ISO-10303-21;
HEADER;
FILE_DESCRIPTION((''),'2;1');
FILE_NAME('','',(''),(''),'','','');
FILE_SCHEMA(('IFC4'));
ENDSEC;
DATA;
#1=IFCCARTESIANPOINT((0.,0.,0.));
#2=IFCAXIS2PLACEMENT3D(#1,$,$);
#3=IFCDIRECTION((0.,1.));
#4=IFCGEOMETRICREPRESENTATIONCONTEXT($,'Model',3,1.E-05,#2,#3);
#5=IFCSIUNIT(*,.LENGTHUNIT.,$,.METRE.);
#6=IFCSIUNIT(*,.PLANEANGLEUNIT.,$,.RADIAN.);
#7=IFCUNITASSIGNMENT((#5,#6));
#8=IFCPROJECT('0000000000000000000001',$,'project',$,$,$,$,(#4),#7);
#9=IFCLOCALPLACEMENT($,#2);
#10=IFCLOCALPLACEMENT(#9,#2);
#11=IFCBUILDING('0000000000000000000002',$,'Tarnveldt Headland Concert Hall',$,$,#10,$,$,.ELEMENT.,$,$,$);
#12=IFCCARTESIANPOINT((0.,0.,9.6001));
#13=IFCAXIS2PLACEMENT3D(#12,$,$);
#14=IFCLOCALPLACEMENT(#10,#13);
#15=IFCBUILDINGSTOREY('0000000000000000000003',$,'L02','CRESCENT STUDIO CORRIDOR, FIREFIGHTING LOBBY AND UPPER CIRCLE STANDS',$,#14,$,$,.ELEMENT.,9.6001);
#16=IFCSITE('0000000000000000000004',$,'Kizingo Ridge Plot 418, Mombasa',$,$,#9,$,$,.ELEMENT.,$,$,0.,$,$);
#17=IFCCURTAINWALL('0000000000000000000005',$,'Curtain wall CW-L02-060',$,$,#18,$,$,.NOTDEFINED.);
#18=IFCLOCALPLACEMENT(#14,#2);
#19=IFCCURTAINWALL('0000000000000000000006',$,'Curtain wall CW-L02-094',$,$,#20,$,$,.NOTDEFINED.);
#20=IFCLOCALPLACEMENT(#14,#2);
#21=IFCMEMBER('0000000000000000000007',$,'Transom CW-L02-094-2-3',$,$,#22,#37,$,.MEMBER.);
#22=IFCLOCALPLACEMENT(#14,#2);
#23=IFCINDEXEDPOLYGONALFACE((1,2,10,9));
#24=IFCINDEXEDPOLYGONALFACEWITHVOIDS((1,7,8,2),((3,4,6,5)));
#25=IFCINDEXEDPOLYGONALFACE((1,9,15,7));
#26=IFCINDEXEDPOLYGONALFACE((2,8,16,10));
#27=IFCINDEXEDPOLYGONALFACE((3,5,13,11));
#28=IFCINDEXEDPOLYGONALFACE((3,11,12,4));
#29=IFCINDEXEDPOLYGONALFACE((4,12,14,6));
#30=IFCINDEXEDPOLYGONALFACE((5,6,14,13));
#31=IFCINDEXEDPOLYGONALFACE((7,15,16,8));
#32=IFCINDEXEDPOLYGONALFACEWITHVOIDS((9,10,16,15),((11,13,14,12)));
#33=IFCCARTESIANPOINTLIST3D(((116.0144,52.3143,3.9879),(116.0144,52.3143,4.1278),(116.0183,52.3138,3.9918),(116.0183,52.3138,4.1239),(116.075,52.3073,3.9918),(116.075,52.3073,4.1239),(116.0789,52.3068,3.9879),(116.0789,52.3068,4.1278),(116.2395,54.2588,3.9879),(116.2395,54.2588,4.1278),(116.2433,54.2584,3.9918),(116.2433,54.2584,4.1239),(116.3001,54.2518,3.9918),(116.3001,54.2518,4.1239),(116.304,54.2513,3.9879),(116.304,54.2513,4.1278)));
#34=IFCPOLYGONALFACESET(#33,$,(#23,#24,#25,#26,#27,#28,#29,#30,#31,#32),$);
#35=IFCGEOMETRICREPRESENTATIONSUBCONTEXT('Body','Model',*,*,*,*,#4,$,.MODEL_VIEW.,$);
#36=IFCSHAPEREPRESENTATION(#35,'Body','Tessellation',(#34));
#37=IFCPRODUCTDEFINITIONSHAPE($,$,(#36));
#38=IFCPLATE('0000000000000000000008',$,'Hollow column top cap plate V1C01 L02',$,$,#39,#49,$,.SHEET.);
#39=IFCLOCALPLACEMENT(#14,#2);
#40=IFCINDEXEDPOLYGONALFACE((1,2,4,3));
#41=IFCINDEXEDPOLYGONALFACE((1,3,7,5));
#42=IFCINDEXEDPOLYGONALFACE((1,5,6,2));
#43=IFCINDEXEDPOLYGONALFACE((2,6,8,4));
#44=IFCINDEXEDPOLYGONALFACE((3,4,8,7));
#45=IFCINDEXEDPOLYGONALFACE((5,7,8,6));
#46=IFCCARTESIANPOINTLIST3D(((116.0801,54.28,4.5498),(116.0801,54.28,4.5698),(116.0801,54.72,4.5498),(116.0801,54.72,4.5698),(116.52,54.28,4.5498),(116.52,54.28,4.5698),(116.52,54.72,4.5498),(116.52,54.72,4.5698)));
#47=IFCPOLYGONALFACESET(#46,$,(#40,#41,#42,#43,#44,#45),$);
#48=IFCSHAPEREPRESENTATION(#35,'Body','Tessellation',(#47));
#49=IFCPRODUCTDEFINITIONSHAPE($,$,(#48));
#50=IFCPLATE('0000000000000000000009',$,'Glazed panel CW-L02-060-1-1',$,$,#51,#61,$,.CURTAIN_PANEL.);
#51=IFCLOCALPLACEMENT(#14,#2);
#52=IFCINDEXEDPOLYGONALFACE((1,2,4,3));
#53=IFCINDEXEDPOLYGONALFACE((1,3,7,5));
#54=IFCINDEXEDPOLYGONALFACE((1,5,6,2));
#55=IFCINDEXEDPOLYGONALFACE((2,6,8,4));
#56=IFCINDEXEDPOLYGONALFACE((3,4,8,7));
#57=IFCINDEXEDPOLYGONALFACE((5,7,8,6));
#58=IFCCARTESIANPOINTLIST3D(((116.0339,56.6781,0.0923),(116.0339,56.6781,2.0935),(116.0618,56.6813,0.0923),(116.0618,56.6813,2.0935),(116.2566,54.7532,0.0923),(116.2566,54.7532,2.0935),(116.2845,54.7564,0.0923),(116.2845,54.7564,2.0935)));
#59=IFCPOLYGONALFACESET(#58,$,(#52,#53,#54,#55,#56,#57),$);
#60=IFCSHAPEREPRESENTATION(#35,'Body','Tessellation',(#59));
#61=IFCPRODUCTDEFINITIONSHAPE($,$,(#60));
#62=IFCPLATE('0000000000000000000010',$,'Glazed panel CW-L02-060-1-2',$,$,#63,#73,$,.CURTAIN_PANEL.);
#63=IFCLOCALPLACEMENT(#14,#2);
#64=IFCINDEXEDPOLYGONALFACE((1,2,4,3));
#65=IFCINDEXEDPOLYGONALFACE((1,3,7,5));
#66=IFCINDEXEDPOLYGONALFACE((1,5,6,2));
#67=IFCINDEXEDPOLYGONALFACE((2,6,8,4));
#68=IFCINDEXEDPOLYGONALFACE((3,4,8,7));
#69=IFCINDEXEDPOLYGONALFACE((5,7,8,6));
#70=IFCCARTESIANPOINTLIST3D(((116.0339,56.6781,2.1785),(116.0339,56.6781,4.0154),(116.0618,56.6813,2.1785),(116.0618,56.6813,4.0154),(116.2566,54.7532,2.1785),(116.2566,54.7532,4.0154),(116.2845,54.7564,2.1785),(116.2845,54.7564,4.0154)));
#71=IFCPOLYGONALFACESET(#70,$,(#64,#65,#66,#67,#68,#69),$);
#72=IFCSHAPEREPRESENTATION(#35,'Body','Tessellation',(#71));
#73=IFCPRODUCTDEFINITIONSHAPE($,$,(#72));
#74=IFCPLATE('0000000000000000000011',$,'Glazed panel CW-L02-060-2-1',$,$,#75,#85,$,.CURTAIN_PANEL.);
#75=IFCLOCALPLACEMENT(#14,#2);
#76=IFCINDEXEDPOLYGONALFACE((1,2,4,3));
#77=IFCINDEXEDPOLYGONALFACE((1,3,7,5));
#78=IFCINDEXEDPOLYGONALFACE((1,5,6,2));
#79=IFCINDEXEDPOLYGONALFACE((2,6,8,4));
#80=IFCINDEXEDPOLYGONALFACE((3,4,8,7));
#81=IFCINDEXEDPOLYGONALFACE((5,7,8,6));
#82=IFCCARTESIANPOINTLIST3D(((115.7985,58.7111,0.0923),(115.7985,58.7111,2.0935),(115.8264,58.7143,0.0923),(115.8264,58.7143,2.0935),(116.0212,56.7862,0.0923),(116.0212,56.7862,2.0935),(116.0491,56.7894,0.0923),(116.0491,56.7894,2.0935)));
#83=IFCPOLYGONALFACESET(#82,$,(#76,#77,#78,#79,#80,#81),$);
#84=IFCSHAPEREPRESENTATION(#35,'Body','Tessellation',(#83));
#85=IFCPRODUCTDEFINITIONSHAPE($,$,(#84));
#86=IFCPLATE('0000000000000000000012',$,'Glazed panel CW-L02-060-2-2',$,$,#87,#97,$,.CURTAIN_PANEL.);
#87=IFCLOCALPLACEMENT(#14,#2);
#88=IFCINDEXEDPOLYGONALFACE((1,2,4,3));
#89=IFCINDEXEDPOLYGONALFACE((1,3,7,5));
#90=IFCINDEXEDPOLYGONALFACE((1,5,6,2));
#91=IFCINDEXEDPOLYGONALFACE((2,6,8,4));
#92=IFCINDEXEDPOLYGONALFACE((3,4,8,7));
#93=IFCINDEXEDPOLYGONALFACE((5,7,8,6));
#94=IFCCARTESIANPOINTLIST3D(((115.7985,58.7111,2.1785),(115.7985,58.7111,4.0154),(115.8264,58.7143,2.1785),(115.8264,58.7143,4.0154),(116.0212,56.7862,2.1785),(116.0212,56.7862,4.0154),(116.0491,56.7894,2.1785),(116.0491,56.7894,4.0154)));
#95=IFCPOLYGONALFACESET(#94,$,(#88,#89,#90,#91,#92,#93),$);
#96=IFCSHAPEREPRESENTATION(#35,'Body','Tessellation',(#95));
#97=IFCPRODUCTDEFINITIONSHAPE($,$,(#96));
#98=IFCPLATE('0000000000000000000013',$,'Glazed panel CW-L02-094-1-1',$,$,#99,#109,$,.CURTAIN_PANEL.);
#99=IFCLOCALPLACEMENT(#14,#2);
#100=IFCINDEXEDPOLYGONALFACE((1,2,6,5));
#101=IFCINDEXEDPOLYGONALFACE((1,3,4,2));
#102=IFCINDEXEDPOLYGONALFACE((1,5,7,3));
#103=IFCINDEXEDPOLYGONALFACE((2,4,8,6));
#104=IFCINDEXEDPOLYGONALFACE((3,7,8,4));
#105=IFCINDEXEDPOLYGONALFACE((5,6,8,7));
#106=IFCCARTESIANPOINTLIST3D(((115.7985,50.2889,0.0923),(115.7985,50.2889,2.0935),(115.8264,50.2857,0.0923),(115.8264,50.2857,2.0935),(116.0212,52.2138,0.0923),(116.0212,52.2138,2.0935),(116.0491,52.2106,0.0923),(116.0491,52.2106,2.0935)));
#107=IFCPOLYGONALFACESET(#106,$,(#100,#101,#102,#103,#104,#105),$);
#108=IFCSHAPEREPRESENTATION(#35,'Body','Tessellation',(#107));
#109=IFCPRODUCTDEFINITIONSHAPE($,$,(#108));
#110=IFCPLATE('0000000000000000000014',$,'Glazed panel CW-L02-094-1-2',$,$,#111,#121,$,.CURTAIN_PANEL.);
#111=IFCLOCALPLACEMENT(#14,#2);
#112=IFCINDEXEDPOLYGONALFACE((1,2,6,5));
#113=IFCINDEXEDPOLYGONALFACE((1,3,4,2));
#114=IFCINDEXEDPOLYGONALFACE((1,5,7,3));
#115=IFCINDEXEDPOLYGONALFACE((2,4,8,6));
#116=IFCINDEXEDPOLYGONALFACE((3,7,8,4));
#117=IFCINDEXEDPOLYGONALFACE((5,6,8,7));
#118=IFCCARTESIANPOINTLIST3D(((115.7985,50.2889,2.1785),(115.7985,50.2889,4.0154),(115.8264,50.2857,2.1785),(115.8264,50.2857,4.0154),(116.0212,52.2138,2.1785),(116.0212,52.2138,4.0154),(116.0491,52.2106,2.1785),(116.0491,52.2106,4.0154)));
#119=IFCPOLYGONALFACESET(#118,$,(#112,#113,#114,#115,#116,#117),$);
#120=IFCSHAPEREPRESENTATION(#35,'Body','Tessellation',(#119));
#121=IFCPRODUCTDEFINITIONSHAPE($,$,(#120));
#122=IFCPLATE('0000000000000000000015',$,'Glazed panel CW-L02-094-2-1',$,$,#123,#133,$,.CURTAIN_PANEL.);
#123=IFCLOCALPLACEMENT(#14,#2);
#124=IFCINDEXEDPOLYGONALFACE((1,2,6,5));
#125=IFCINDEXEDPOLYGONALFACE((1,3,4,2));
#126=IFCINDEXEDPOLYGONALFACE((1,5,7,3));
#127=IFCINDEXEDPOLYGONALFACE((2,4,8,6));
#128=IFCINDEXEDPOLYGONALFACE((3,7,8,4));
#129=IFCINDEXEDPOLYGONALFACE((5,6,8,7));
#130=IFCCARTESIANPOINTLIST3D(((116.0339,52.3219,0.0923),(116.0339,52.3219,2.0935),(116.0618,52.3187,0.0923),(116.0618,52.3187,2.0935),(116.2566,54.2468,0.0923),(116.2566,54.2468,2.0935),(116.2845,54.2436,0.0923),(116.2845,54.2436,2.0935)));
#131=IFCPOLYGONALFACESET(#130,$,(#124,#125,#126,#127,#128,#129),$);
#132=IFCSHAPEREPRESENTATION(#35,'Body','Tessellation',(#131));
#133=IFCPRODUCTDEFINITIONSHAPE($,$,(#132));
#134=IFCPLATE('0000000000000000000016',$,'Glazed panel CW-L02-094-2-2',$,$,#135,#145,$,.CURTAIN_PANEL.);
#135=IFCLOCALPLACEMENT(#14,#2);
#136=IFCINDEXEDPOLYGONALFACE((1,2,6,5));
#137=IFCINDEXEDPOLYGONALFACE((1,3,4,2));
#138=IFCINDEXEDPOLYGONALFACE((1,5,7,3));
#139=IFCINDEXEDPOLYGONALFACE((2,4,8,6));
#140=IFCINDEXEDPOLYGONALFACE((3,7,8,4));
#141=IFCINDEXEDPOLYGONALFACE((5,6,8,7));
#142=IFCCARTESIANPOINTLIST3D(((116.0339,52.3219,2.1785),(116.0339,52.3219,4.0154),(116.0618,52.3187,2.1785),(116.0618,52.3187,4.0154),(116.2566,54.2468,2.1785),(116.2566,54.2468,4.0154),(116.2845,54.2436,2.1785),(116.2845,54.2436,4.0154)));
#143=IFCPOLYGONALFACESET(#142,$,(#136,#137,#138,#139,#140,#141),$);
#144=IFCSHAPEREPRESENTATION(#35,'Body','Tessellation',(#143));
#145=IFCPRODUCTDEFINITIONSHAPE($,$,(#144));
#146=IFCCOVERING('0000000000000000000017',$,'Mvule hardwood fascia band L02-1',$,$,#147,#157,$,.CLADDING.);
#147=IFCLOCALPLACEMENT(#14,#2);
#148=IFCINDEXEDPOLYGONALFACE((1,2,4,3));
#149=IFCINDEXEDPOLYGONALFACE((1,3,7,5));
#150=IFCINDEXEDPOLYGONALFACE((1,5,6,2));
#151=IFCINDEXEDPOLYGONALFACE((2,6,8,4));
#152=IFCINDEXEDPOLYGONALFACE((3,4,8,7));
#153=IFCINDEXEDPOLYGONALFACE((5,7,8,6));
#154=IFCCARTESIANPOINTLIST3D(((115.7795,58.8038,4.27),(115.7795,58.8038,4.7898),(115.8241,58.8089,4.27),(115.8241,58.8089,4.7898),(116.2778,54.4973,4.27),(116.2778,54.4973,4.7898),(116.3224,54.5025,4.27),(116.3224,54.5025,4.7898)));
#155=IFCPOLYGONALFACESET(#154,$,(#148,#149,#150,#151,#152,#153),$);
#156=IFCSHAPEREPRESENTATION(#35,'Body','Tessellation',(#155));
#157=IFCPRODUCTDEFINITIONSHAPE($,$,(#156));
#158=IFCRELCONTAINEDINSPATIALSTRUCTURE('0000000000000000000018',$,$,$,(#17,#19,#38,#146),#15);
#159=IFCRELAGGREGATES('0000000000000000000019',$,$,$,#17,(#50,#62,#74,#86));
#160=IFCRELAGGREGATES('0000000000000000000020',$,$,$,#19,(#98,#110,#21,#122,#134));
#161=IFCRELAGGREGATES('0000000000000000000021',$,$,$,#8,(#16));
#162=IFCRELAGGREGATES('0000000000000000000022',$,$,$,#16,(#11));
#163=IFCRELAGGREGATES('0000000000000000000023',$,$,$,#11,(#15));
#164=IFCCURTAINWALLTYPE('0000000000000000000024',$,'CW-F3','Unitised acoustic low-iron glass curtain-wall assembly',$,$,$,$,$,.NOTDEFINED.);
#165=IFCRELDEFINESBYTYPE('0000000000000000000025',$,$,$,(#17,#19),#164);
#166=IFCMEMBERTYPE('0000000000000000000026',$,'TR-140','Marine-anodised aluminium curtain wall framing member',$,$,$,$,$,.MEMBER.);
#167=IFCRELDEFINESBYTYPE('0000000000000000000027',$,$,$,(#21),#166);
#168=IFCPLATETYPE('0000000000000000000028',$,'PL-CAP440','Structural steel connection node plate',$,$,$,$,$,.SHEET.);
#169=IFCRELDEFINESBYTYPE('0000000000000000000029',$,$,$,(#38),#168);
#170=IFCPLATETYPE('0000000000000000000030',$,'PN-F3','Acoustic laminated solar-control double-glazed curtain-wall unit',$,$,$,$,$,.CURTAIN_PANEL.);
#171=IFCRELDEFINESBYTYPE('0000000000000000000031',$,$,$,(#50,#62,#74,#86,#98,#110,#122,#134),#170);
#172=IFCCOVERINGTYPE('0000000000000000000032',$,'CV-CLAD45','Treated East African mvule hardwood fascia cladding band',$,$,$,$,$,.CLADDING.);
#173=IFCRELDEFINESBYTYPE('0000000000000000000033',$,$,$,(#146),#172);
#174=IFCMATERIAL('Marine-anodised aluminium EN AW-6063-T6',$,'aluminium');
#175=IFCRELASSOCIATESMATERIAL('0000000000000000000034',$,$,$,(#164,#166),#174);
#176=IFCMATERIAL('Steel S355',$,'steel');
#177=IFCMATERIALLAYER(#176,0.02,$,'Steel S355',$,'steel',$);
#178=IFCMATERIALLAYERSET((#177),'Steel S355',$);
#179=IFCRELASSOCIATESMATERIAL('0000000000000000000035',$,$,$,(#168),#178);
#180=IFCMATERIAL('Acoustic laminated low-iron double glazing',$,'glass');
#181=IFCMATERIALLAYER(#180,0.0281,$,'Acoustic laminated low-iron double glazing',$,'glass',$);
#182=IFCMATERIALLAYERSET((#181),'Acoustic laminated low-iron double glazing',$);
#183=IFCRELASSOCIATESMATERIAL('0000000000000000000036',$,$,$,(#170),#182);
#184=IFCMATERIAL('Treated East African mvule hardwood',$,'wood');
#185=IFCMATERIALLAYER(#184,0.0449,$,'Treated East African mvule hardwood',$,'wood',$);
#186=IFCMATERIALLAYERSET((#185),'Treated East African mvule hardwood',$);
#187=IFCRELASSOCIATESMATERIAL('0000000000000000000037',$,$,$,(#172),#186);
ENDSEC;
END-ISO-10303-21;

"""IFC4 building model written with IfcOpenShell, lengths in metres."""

from ifc_helpers import new_model, si_unit, direction, frame, frame_2d, origin, origin_2d, place, context, subcontext, project, spatial, rectangle, hollow_rectangle, extrude, material, layer, layer_set, material_profile, profile_set, type_object, element, aggregate, save


model = new_model("IFC4")

# Units and contexts
model_context = context("Model", 3, precision=1e-05, world=origin(), true_north=direction((0.0, 1.0)))
body_context = subcontext(model_context, "Body", "Model", "MODEL_VIEW")
ifc_project = project(units=[si_unit("LENGTHUNIT", "METRE"), si_unit("PLANEANGLEUNIT", "RADIAN")], contexts=[model_context])

# Site, building, storey
site_placement = place(None, origin())
site = spatial("IfcSite", under=ifc_project, at=site_placement, Name="Kizingo Ridge Plot 418, Mombasa", CompositionType="ELEMENT", RefElevation=0.0)
building_placement = place(site_placement, origin())
building = spatial("IfcBuilding", under=site, at=building_placement, Name="Tarnveldt Headland Concert Hall", CompositionType="ELEMENT")
storey_placement = place(building_placement, frame((0.0, 0.0, 9.6001)))
storey = spatial("IfcBuildingStorey", under=building, at=storey_placement, Name="L02", Description="CRESCENT STUDIO CORRIDOR, FIREFIGHTING LOBBY AND UPPER CIRCLE STANDS", CompositionType="ELEMENT", Elevation=9.6001)

# Shared definitions
ifc_material_1 = material(Name="Steel S355", Category="steel")

# Curtain walls
ifc_material_2 = material(Name="Marine-anodised aluminium EN AW-6063-T6", Category="aluminium")
curtain_wall_type = type_object("IfcCurtainWallType", Name="CW-F3", Description="Unitised acoustic low-iron glass curtain-wall assembly", PredefinedType="NOTDEFINED", material=ifc_material_2)
curtain_wall_1_placement = place(storey_placement, origin())
curtain_wall_1 = element("IfcCurtainWall", 1, at=curtain_wall_1_placement, inside=storey, type_object=curtain_wall_type, Name="Curtain wall CW-L02-060", PredefinedType="NOTDEFINED")
curtain_wall_2_placement = place(storey_placement, origin())
curtain_wall_2 = element("IfcCurtainWall", 2, at=curtain_wall_2_placement, inside=storey, type_object=curtain_wall_type, Name="Curtain wall CW-L02-094", PredefinedType="NOTDEFINED")

# Member
ifc_material_profile_1 = material_profile(ifc_material_2, hollow_rectangle(XDim=0.0649, YDim=0.1399, WallThickness=0.0039, at=origin_2d()), Name="ALU TRANSOM 65x140x4", Category="aluminium")
ifc_profile_set_1 = profile_set([ifc_material_profile_1], Name="Marine-anodised aluminium EN AW-6063-T6")
member_type_1 = type_object("IfcMemberType", Name="TR-140", Description="Marine-anodised aluminium curtain wall framing member", PredefinedType="MEMBER", material=ifc_profile_set_1)
member_1_placement = place(storey_placement, frame((116.0466, 52.3105, 4.0579), z_axis=(0.114989, 0.993367, 0.0), x_axis=(-0.993367, 0.114989, 0.0)))
member_1 = element("IfcMember", 3, at=member_1_placement, type_object=member_type_1, Name="Transom CW-L02-094-2-3", PredefinedType="MEMBER", context=body_context, shape_type="SweptSolid", body=[
    extrude(hollow_rectangle(XDim=0.0649, YDim=0.1399, WallThickness=0.0039, at=origin_2d()), origin(), (0.0, 0.0, 1.0), 1.9575),
])

# Plates
ifc_layer_1 = layer(ifc_material_1, 0.02, Name="Steel S355", Category="steel")
ifc_layer_set_1 = layer_set([ifc_layer_1], Name="Steel S355")
plate_type_1 = type_object("IfcPlateType", Name="PL-CAP440", Description="Structural steel connection node plate", PredefinedType="SHEET", material=ifc_layer_set_1)
plate_1_placement = place(storey_placement, frame((116.3, 54.5, 4.5498), z_axis=(0.0, 0.0, 1.0), x_axis=(1.0, 0.0, 0.0)))
element("IfcPlate", 4, at=plate_1_placement, inside=storey, type_object=plate_type_1, Name="Hollow column top cap plate V1C01 L02", PredefinedType="SHEET", context=body_context, shape_type="SweptSolid", body=[
    extrude(rectangle(XDim=0.4399, YDim=0.4399, at=origin_2d()), origin(), (0.0, 0.0, 1.0), 0.02),
])
ifc_material_3 = material(Name="Acoustic laminated low-iron double glazing", Category="glass")
ifc_layer_2 = layer(ifc_material_3, 0.0281, Name="Acoustic laminated low-iron double glazing", Category="glass")
ifc_layer_set_2 = layer_set([ifc_layer_2], Name="Acoustic laminated low-iron double glazing")
plate_type_2 = type_object("IfcPlateType", Name="PN-F3", Description="Acoustic laminated solar-control double-glazed curtain-wall unit", PredefinedType="CURTAIN_PANEL", material=ifc_layer_set_2)
plate_2_placement = place(storey_placement, frame((116.1592, 55.7173, 0.0923), z_axis=(0.0, 0.0, 1.0), x_axis=(-0.114937, 0.993373, 0.0)))
plate_2 = element("IfcPlate", 5, at=plate_2_placement, type_object=plate_type_2, Name="Glazed panel CW-L02-060-1-1", PredefinedType="CURTAIN_PANEL", context=body_context, shape_type="SweptSolid", body=[
    extrude(rectangle(XDim=1.9377, YDim=0.0281, at=origin_2d()), origin(), (0.0, 0.0, 1.0), 2.0012),
])
plate_3_placement = place(storey_placement, frame((116.1592, 55.7173, 2.1785), z_axis=(0.0, 0.0, 1.0), x_axis=(-0.114937, 0.993373, 0.0)))
plate_3 = element("IfcPlate", 6, at=plate_3_placement, type_object=plate_type_2, Name="Glazed panel CW-L02-060-1-2", PredefinedType="CURTAIN_PANEL", context=body_context, shape_type="SweptSolid", body=[
    extrude(rectangle(XDim=1.9377, YDim=0.0281, at=origin_2d()), origin(), (0.0, 0.0, 1.0), 1.8369),
])
plate_4_placement = place(storey_placement, frame((115.9238, 57.7502, 0.0923), z_axis=(0.0, 0.0, 1.0), x_axis=(-0.114937, 0.993373, 0.0)))
plate_4 = element("IfcPlate", 7, at=plate_4_placement, type_object=plate_type_2, Name="Glazed panel CW-L02-060-2-1", PredefinedType="CURTAIN_PANEL", context=body_context, shape_type="SweptSolid", body=[
    extrude(rectangle(XDim=1.9377, YDim=0.0281, at=origin_2d()), origin(), (0.0, 0.0, 1.0), 2.0012),
])
plate_5_placement = place(storey_placement, frame((115.9238, 57.7502, 2.1785), z_axis=(0.0, 0.0, 1.0), x_axis=(-0.114937, 0.993373, 0.0)))
plate_5 = element("IfcPlate", 8, at=plate_5_placement, type_object=plate_type_2, Name="Glazed panel CW-L02-060-2-2", PredefinedType="CURTAIN_PANEL", context=body_context, shape_type="SweptSolid", body=[
    extrude(rectangle(XDim=1.9377, YDim=0.0281, at=origin_2d()), origin(), (0.0, 0.0, 1.0), 1.8369),
])
aggregate(curtain_wall_1, [plate_2, plate_3, plate_4, plate_5])
plate_6_placement = place(storey_placement, frame((115.9238, 51.2498, 0.0923), z_axis=(0.0, 0.0, 1.0), x_axis=(0.114937, 0.993373, 0.0)))
plate_6 = element("IfcPlate", 9, at=plate_6_placement, type_object=plate_type_2, Name="Glazed panel CW-L02-094-1-1", PredefinedType="CURTAIN_PANEL", context=body_context, shape_type="SweptSolid", body=[
    extrude(rectangle(XDim=1.9377, YDim=0.0281, at=origin_2d()), origin(), (0.0, 0.0, 1.0), 2.0012),
])
plate_7_placement = place(storey_placement, frame((115.9238, 51.2498, 2.1785), z_axis=(0.0, 0.0, 1.0), x_axis=(0.114937, 0.993373, 0.0)))
plate_7 = element("IfcPlate", 10, at=plate_7_placement, type_object=plate_type_2, Name="Glazed panel CW-L02-094-1-2", PredefinedType="CURTAIN_PANEL", context=body_context, shape_type="SweptSolid", body=[
    extrude(rectangle(XDim=1.9377, YDim=0.0281, at=origin_2d()), origin(), (0.0, 0.0, 1.0), 1.8369),
])
plate_8_placement = place(storey_placement, frame((116.1592, 53.2827, 0.0923), z_axis=(0.0, 0.0, 1.0), x_axis=(0.114937, 0.993373, 0.0)))
plate_8 = element("IfcPlate", 11, at=plate_8_placement, type_object=plate_type_2, Name="Glazed panel CW-L02-094-2-1", PredefinedType="CURTAIN_PANEL", context=body_context, shape_type="SweptSolid", body=[
    extrude(rectangle(XDim=1.9377, YDim=0.0281, at=origin_2d()), origin(), (0.0, 0.0, 1.0), 2.0012),
])
plate_9_placement = place(storey_placement, frame((116.1592, 53.2827, 2.1785), z_axis=(0.0, 0.0, 1.0), x_axis=(0.114937, 0.993373, 0.0)))
plate_9 = element("IfcPlate", 12, at=plate_9_placement, type_object=plate_type_2, Name="Glazed panel CW-L02-094-2-2", PredefinedType="CURTAIN_PANEL", context=body_context, shape_type="SweptSolid", body=[
    extrude(rectangle(XDim=1.9377, YDim=0.0281, at=origin_2d()), origin(), (0.0, 0.0, 1.0), 1.8369),
])
aggregate(curtain_wall_2, [plate_6, plate_7, member_1, plate_8, plate_9])

# Covering
ifc_material_4 = material(Name="Treated East African mvule hardwood", Category="wood")
ifc_layer_3 = layer(ifc_material_4, 0.0449, Name="Treated East African mvule hardwood", Category="wood")
ifc_layer_set_3 = layer_set([ifc_layer_3], Name="Treated East African mvule hardwood")
covering_type = type_object("IfcCoveringType", Name="CV-CLAD45", Description="Treated East African mvule hardwood fascia cladding band", PredefinedType="CLADDING", material=ifc_layer_set_3)
covering_placement = place(storey_placement, frame((116.3, 54.5, 4.27), z_axis=(0.0, 0.0, 1.0), x_axis=(-0.114943, 0.993372, 0.0)))
element("IfcCovering", 13, at=covering_placement, inside=storey, type_object=covering_type, Name="Mvule hardwood fascia band L02-1", PredefinedType="CLADDING", context=body_context, shape_type="SweptSolid", body=[
    extrude(rectangle(XDim=4.3352, YDim=0.0449, at=frame_2d((2.1675, 0.0))), origin(), (0.0, 0.0, 1.0), 0.5198),
])

save(model, "model.ifc")
